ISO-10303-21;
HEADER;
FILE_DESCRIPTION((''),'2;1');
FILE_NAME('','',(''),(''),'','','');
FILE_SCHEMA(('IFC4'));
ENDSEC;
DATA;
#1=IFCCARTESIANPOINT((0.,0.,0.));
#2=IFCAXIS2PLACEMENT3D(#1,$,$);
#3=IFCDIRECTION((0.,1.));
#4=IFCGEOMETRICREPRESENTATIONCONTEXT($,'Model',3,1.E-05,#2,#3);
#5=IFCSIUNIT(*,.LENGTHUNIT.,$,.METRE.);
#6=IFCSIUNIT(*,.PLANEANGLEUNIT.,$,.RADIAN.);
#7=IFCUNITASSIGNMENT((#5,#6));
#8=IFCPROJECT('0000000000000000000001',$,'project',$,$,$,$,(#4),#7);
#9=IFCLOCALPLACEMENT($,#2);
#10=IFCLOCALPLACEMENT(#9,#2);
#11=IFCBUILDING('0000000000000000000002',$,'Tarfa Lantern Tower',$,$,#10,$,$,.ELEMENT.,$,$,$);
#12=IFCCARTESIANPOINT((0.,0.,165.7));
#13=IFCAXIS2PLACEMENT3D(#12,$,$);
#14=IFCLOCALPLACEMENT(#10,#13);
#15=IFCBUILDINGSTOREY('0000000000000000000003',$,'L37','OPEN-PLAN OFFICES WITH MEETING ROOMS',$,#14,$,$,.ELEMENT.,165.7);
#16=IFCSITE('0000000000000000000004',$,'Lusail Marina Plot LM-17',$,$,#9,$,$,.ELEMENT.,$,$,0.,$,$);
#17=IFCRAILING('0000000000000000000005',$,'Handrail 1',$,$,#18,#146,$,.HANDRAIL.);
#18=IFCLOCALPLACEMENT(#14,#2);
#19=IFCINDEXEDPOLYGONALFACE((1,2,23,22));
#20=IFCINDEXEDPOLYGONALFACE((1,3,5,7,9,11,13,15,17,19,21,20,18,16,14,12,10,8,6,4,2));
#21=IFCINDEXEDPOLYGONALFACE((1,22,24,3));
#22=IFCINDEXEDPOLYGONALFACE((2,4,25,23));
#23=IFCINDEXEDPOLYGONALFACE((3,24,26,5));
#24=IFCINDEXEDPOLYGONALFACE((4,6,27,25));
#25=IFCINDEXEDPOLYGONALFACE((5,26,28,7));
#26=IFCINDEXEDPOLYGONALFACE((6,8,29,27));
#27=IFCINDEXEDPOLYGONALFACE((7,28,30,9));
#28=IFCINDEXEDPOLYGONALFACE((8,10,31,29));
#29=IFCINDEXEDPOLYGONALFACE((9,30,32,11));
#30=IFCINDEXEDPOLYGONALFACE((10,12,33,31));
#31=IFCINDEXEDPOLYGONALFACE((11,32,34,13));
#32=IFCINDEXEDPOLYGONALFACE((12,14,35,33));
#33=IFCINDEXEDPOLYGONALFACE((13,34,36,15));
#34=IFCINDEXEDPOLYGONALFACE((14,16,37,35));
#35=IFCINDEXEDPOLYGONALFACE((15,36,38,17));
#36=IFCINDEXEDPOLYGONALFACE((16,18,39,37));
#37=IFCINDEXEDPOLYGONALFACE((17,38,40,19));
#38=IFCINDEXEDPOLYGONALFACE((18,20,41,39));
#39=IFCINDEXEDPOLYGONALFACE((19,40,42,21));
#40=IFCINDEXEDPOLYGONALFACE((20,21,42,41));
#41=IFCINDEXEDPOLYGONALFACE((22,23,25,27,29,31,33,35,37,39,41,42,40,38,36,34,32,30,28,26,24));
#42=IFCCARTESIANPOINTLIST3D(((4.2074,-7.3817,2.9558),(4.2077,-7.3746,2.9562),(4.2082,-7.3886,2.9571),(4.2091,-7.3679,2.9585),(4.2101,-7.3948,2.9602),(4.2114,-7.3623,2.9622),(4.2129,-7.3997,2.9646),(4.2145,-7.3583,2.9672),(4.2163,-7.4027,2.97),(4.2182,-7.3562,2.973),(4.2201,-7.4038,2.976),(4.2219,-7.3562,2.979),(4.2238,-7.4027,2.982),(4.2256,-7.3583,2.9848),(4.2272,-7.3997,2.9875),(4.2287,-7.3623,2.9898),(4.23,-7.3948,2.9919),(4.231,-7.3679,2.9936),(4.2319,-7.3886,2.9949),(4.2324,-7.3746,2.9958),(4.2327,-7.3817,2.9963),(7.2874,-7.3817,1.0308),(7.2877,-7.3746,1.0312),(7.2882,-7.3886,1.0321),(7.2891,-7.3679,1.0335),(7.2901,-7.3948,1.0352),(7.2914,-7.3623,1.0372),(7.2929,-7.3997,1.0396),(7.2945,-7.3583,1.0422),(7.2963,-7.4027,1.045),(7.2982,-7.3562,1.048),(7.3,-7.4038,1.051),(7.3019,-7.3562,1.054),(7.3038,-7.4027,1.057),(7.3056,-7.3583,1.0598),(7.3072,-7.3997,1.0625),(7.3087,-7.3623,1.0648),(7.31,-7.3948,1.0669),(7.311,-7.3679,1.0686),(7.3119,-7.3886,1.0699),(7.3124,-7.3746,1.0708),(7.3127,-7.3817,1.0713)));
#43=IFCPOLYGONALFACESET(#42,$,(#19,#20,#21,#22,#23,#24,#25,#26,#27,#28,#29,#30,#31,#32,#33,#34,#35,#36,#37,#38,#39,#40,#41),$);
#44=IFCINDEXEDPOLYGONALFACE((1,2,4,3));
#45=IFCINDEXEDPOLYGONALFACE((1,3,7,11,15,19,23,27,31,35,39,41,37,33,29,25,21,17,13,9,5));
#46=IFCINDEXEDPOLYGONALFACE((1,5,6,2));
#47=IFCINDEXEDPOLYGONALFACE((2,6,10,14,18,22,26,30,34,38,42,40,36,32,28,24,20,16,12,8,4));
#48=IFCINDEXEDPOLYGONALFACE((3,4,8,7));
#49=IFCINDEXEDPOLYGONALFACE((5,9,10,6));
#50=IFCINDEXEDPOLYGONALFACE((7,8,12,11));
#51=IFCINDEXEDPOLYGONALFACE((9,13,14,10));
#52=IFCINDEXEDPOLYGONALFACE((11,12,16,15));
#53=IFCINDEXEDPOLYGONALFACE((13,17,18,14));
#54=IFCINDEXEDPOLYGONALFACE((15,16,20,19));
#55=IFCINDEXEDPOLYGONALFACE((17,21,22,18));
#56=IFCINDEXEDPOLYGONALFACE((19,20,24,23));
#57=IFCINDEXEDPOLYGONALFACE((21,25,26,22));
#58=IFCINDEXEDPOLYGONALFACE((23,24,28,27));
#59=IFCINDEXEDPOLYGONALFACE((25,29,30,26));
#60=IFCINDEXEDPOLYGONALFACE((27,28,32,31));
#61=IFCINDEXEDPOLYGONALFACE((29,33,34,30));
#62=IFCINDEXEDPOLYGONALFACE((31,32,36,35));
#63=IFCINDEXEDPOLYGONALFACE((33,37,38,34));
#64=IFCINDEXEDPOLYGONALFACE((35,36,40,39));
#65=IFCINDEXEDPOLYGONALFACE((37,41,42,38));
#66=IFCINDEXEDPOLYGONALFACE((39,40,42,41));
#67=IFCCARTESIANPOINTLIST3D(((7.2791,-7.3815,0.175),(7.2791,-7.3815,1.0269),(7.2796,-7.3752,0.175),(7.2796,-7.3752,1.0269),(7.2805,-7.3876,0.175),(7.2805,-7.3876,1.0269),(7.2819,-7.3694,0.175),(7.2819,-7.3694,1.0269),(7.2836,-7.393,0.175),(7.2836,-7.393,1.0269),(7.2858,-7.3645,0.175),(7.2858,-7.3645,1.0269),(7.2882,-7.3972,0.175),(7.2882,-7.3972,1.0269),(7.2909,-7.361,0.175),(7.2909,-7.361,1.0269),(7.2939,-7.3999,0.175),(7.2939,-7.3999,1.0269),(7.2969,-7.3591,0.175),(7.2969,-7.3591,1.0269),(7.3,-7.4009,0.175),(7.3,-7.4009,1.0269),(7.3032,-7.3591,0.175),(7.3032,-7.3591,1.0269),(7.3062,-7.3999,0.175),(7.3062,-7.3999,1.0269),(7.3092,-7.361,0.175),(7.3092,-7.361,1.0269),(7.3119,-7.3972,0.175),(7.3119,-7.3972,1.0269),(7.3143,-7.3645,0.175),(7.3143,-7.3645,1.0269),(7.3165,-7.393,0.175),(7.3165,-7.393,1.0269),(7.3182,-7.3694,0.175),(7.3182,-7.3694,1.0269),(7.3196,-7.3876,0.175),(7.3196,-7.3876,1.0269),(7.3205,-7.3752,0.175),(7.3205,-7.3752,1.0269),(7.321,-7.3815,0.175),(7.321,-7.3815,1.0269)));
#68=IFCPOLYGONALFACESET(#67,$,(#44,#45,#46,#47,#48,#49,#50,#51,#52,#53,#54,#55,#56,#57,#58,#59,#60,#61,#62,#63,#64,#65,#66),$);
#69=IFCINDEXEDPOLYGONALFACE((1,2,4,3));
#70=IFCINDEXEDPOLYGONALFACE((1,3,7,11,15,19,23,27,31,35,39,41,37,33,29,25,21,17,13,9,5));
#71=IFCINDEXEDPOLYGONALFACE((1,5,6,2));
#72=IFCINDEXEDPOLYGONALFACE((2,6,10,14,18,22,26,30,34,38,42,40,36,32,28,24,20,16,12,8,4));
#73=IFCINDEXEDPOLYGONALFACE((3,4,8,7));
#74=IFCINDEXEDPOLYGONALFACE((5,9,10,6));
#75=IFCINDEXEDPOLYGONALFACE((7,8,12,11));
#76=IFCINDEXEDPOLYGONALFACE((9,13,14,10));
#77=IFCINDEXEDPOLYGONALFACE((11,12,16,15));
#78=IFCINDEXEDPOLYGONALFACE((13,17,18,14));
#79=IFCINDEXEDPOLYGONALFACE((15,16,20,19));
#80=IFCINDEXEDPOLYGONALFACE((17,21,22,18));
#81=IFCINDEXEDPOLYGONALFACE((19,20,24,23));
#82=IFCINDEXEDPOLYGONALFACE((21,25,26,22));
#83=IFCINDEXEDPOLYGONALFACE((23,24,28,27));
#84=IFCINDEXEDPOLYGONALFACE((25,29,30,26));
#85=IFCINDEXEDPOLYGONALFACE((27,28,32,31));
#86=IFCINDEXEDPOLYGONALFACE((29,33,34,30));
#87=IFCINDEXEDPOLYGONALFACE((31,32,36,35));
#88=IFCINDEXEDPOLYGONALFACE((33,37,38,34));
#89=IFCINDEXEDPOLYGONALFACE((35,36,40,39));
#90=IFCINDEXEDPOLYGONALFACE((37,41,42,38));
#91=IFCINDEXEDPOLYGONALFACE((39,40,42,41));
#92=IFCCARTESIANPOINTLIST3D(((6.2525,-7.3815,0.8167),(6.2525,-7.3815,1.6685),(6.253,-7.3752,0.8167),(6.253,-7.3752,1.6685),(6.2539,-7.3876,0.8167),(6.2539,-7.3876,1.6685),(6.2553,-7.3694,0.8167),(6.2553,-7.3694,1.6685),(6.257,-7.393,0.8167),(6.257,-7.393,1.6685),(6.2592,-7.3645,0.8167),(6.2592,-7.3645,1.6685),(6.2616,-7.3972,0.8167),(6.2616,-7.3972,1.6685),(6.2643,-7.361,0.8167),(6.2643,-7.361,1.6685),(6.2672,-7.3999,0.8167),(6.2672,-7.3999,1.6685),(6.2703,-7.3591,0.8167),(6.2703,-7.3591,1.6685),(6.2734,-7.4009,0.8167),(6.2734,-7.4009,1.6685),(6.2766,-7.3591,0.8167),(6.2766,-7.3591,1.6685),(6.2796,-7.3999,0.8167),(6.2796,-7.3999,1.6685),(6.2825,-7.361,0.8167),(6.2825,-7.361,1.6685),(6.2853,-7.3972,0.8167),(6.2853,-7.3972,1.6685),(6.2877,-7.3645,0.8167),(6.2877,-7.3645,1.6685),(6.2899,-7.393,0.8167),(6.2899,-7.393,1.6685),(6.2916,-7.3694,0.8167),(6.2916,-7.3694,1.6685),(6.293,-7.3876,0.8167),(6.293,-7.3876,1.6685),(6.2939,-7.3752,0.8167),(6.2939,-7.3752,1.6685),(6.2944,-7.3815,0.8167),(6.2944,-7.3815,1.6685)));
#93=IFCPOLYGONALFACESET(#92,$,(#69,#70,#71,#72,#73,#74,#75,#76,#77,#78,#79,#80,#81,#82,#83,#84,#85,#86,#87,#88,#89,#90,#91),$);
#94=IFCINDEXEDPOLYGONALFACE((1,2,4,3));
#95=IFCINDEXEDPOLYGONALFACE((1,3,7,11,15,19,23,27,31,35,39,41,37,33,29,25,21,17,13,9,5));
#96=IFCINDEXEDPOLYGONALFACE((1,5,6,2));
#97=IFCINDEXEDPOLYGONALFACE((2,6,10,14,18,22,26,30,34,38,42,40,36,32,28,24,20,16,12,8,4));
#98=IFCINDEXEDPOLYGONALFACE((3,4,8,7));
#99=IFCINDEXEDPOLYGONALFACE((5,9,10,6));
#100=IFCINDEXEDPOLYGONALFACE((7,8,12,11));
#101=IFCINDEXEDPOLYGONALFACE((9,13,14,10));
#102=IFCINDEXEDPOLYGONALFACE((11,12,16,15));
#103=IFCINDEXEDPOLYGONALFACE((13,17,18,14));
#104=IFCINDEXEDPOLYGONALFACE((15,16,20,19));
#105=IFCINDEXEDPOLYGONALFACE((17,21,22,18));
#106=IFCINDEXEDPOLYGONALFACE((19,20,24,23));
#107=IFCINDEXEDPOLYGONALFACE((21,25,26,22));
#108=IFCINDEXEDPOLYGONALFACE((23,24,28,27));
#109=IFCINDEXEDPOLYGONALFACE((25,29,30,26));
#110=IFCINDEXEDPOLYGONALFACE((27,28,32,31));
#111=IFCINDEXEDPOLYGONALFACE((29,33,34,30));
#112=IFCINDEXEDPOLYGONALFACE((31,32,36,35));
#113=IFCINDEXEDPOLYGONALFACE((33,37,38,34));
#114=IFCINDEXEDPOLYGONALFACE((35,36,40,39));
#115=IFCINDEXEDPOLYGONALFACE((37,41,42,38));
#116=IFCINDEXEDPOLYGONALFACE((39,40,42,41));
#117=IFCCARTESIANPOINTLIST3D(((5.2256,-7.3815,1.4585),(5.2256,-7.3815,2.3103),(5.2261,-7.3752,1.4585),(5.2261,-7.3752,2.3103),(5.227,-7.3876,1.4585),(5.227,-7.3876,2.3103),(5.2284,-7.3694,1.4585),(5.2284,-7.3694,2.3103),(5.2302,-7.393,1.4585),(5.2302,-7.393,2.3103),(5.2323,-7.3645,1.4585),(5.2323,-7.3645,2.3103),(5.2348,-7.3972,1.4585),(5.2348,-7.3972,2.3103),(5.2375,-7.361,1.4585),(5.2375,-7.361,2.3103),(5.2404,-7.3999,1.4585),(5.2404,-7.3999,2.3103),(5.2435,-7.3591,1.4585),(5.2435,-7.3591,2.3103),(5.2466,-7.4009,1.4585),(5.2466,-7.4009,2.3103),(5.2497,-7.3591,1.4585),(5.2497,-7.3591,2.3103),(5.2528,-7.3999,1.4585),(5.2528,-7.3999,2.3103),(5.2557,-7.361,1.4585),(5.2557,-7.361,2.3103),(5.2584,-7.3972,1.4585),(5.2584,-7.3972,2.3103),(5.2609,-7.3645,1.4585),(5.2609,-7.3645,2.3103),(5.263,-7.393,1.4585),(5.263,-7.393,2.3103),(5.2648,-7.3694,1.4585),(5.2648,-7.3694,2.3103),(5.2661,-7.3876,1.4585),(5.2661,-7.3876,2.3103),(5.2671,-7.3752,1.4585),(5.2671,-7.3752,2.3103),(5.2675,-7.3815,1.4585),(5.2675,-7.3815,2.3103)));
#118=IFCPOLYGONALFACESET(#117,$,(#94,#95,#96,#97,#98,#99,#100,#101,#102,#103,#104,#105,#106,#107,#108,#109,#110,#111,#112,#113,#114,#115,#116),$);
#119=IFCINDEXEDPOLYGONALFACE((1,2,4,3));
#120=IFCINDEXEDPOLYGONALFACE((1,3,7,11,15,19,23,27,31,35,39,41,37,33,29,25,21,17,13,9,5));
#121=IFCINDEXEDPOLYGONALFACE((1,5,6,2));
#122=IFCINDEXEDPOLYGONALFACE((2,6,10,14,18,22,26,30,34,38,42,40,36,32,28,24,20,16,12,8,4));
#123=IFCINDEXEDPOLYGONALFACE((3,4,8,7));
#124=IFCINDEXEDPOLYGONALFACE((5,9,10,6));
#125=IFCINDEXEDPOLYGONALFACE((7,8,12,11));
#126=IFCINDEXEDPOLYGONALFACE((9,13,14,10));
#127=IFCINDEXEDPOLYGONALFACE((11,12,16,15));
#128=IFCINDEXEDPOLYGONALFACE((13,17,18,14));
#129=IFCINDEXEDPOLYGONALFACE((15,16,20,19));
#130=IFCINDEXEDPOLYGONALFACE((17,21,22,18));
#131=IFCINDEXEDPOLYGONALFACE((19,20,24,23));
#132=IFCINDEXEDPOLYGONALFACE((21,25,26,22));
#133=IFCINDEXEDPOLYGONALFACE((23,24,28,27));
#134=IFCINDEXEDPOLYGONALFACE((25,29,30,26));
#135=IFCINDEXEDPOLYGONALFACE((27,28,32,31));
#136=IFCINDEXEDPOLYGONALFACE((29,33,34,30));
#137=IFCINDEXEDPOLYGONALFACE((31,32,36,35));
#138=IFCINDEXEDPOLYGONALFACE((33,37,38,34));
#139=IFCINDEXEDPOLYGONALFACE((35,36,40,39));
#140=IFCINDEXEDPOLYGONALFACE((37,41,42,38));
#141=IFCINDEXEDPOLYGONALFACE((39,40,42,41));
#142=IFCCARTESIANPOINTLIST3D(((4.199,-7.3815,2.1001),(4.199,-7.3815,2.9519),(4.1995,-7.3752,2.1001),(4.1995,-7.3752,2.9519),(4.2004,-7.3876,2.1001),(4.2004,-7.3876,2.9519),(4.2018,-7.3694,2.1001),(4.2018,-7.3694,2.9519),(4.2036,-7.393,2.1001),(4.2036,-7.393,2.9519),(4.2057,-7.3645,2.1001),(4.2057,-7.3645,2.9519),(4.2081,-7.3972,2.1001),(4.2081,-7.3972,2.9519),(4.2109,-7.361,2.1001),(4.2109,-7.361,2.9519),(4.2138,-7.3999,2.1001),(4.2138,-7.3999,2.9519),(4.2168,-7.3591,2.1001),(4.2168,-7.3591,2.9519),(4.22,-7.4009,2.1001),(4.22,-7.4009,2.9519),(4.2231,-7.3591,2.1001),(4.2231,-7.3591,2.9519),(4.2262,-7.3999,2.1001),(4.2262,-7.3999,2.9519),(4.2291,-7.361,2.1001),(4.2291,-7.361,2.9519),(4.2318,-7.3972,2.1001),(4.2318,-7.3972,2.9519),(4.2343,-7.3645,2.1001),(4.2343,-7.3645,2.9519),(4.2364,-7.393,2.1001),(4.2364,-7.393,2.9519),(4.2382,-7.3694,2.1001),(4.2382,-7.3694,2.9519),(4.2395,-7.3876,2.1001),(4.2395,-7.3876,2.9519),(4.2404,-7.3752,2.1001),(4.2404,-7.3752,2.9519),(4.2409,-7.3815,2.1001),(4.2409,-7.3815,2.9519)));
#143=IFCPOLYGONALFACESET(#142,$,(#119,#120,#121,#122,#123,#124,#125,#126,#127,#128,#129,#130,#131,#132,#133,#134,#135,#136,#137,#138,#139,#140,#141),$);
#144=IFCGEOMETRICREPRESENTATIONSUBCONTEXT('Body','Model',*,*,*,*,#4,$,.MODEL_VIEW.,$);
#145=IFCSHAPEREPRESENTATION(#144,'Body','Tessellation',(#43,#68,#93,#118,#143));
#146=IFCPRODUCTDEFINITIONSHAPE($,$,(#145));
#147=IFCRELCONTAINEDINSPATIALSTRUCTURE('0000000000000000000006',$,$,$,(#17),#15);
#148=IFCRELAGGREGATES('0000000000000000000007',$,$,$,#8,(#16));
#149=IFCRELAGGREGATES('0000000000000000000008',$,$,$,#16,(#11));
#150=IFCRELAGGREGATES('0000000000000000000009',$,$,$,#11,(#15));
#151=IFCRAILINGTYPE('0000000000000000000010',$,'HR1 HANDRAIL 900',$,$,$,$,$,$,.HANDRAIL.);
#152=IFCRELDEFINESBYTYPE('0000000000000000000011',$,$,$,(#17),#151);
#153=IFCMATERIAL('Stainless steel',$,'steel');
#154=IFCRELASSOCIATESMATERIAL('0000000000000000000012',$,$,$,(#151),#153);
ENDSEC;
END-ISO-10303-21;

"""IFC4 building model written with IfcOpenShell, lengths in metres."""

from ifc_helpers import new_model, si_unit, direction, frame, origin, origin_2d, place, context, subcontext, project, spatial, circle, extrude, material, type_object, element, save


model = new_model("IFC4")

# Units and contexts
model_context = context("Model", 3, precision=1e-05, world=origin(), true_north=direction((0.0, 1.0)))
body_context = subcontext(model_context, "Body", "Model", "MODEL_VIEW")
ifc_project = project(units=[si_unit("LENGTHUNIT", "METRE"), si_unit("PLANEANGLEUNIT", "RADIAN")], contexts=[model_context])

# Site, building, storey
site_placement = place(None, origin())
site = spatial("IfcSite", under=ifc_project, at=site_placement, Name="Lusail Marina Plot LM-17", CompositionType="ELEMENT", RefElevation=0.0)
building_placement = place(site_placement, origin())
building = spatial("IfcBuilding", under=site, at=building_placement, Name="Tarfa Lantern Tower", CompositionType="ELEMENT")
storey_placement = place(building_placement, frame((0.0, 0.0, 165.7)))
storey = spatial("IfcBuildingStorey", under=building, at=storey_placement, Name="L37", Description="OPEN-PLAN OFFICES WITH MEETING ROOMS", CompositionType="ELEMENT", Elevation=165.7)

# Railing
ifc_material_1 = material(Name="Stainless steel", Category="steel")
railing_type = type_object("IfcRailingType", Name="HR1 HANDRAIL 900", PredefinedType="HANDRAIL", material=ifc_material_1)
railing_1_placement = place(storey_placement, frame((7.3, -7.3799, 0.175)))
element("IfcRailing", 1, at=railing_1_placement, inside=storey, type_object=railing_type, Name="Handrail 1", PredefinedType="HANDRAIL", context=body_context, shape_type="SweptSolid", body=[
    extrude(circle(Radius=0.0239, at=origin_2d()), frame((0.0, 0.0, 0.876), z_axis=(-0.847998, 0.0, 0.529999), x_axis=(0.0, -1.0, 0.0)), (0.0, 0.0, 1.0), 3.6321),
    extrude(circle(Radius=0.021, at=origin_2d()), frame((0.0, 0.0, 0.0), z_axis=(0.0, 0.0, 1.0), x_axis=(0.0, -1.0, 0.0)), (0.0, 0.0, 1.0), 0.8518),
    extrude(circle(Radius=0.021, at=origin_2d()), frame((-1.0266, 0.0, 0.6416), z_axis=(0.0, 0.0, 1.0), x_axis=(0.0, -1.0, 0.0)), (0.0, 0.0, 1.0), 0.8518),
    extrude(circle(Radius=0.021, at=origin_2d()), frame((-2.0535, 0.0, 1.2834), z_axis=(0.0, 0.0, 1.0), x_axis=(0.0, -1.0, 0.0)), (0.0, 0.0, 1.0), 0.8518),
    extrude(circle(Radius=0.021, at=origin_2d()), frame((-3.0801, 0.0, 1.925), z_axis=(0.0, 0.0, 1.0), x_axis=(0.0, -1.0, 0.0)), (0.0, 0.0, 1.0), 0.8518),
])

save(model, "model.ifc")
